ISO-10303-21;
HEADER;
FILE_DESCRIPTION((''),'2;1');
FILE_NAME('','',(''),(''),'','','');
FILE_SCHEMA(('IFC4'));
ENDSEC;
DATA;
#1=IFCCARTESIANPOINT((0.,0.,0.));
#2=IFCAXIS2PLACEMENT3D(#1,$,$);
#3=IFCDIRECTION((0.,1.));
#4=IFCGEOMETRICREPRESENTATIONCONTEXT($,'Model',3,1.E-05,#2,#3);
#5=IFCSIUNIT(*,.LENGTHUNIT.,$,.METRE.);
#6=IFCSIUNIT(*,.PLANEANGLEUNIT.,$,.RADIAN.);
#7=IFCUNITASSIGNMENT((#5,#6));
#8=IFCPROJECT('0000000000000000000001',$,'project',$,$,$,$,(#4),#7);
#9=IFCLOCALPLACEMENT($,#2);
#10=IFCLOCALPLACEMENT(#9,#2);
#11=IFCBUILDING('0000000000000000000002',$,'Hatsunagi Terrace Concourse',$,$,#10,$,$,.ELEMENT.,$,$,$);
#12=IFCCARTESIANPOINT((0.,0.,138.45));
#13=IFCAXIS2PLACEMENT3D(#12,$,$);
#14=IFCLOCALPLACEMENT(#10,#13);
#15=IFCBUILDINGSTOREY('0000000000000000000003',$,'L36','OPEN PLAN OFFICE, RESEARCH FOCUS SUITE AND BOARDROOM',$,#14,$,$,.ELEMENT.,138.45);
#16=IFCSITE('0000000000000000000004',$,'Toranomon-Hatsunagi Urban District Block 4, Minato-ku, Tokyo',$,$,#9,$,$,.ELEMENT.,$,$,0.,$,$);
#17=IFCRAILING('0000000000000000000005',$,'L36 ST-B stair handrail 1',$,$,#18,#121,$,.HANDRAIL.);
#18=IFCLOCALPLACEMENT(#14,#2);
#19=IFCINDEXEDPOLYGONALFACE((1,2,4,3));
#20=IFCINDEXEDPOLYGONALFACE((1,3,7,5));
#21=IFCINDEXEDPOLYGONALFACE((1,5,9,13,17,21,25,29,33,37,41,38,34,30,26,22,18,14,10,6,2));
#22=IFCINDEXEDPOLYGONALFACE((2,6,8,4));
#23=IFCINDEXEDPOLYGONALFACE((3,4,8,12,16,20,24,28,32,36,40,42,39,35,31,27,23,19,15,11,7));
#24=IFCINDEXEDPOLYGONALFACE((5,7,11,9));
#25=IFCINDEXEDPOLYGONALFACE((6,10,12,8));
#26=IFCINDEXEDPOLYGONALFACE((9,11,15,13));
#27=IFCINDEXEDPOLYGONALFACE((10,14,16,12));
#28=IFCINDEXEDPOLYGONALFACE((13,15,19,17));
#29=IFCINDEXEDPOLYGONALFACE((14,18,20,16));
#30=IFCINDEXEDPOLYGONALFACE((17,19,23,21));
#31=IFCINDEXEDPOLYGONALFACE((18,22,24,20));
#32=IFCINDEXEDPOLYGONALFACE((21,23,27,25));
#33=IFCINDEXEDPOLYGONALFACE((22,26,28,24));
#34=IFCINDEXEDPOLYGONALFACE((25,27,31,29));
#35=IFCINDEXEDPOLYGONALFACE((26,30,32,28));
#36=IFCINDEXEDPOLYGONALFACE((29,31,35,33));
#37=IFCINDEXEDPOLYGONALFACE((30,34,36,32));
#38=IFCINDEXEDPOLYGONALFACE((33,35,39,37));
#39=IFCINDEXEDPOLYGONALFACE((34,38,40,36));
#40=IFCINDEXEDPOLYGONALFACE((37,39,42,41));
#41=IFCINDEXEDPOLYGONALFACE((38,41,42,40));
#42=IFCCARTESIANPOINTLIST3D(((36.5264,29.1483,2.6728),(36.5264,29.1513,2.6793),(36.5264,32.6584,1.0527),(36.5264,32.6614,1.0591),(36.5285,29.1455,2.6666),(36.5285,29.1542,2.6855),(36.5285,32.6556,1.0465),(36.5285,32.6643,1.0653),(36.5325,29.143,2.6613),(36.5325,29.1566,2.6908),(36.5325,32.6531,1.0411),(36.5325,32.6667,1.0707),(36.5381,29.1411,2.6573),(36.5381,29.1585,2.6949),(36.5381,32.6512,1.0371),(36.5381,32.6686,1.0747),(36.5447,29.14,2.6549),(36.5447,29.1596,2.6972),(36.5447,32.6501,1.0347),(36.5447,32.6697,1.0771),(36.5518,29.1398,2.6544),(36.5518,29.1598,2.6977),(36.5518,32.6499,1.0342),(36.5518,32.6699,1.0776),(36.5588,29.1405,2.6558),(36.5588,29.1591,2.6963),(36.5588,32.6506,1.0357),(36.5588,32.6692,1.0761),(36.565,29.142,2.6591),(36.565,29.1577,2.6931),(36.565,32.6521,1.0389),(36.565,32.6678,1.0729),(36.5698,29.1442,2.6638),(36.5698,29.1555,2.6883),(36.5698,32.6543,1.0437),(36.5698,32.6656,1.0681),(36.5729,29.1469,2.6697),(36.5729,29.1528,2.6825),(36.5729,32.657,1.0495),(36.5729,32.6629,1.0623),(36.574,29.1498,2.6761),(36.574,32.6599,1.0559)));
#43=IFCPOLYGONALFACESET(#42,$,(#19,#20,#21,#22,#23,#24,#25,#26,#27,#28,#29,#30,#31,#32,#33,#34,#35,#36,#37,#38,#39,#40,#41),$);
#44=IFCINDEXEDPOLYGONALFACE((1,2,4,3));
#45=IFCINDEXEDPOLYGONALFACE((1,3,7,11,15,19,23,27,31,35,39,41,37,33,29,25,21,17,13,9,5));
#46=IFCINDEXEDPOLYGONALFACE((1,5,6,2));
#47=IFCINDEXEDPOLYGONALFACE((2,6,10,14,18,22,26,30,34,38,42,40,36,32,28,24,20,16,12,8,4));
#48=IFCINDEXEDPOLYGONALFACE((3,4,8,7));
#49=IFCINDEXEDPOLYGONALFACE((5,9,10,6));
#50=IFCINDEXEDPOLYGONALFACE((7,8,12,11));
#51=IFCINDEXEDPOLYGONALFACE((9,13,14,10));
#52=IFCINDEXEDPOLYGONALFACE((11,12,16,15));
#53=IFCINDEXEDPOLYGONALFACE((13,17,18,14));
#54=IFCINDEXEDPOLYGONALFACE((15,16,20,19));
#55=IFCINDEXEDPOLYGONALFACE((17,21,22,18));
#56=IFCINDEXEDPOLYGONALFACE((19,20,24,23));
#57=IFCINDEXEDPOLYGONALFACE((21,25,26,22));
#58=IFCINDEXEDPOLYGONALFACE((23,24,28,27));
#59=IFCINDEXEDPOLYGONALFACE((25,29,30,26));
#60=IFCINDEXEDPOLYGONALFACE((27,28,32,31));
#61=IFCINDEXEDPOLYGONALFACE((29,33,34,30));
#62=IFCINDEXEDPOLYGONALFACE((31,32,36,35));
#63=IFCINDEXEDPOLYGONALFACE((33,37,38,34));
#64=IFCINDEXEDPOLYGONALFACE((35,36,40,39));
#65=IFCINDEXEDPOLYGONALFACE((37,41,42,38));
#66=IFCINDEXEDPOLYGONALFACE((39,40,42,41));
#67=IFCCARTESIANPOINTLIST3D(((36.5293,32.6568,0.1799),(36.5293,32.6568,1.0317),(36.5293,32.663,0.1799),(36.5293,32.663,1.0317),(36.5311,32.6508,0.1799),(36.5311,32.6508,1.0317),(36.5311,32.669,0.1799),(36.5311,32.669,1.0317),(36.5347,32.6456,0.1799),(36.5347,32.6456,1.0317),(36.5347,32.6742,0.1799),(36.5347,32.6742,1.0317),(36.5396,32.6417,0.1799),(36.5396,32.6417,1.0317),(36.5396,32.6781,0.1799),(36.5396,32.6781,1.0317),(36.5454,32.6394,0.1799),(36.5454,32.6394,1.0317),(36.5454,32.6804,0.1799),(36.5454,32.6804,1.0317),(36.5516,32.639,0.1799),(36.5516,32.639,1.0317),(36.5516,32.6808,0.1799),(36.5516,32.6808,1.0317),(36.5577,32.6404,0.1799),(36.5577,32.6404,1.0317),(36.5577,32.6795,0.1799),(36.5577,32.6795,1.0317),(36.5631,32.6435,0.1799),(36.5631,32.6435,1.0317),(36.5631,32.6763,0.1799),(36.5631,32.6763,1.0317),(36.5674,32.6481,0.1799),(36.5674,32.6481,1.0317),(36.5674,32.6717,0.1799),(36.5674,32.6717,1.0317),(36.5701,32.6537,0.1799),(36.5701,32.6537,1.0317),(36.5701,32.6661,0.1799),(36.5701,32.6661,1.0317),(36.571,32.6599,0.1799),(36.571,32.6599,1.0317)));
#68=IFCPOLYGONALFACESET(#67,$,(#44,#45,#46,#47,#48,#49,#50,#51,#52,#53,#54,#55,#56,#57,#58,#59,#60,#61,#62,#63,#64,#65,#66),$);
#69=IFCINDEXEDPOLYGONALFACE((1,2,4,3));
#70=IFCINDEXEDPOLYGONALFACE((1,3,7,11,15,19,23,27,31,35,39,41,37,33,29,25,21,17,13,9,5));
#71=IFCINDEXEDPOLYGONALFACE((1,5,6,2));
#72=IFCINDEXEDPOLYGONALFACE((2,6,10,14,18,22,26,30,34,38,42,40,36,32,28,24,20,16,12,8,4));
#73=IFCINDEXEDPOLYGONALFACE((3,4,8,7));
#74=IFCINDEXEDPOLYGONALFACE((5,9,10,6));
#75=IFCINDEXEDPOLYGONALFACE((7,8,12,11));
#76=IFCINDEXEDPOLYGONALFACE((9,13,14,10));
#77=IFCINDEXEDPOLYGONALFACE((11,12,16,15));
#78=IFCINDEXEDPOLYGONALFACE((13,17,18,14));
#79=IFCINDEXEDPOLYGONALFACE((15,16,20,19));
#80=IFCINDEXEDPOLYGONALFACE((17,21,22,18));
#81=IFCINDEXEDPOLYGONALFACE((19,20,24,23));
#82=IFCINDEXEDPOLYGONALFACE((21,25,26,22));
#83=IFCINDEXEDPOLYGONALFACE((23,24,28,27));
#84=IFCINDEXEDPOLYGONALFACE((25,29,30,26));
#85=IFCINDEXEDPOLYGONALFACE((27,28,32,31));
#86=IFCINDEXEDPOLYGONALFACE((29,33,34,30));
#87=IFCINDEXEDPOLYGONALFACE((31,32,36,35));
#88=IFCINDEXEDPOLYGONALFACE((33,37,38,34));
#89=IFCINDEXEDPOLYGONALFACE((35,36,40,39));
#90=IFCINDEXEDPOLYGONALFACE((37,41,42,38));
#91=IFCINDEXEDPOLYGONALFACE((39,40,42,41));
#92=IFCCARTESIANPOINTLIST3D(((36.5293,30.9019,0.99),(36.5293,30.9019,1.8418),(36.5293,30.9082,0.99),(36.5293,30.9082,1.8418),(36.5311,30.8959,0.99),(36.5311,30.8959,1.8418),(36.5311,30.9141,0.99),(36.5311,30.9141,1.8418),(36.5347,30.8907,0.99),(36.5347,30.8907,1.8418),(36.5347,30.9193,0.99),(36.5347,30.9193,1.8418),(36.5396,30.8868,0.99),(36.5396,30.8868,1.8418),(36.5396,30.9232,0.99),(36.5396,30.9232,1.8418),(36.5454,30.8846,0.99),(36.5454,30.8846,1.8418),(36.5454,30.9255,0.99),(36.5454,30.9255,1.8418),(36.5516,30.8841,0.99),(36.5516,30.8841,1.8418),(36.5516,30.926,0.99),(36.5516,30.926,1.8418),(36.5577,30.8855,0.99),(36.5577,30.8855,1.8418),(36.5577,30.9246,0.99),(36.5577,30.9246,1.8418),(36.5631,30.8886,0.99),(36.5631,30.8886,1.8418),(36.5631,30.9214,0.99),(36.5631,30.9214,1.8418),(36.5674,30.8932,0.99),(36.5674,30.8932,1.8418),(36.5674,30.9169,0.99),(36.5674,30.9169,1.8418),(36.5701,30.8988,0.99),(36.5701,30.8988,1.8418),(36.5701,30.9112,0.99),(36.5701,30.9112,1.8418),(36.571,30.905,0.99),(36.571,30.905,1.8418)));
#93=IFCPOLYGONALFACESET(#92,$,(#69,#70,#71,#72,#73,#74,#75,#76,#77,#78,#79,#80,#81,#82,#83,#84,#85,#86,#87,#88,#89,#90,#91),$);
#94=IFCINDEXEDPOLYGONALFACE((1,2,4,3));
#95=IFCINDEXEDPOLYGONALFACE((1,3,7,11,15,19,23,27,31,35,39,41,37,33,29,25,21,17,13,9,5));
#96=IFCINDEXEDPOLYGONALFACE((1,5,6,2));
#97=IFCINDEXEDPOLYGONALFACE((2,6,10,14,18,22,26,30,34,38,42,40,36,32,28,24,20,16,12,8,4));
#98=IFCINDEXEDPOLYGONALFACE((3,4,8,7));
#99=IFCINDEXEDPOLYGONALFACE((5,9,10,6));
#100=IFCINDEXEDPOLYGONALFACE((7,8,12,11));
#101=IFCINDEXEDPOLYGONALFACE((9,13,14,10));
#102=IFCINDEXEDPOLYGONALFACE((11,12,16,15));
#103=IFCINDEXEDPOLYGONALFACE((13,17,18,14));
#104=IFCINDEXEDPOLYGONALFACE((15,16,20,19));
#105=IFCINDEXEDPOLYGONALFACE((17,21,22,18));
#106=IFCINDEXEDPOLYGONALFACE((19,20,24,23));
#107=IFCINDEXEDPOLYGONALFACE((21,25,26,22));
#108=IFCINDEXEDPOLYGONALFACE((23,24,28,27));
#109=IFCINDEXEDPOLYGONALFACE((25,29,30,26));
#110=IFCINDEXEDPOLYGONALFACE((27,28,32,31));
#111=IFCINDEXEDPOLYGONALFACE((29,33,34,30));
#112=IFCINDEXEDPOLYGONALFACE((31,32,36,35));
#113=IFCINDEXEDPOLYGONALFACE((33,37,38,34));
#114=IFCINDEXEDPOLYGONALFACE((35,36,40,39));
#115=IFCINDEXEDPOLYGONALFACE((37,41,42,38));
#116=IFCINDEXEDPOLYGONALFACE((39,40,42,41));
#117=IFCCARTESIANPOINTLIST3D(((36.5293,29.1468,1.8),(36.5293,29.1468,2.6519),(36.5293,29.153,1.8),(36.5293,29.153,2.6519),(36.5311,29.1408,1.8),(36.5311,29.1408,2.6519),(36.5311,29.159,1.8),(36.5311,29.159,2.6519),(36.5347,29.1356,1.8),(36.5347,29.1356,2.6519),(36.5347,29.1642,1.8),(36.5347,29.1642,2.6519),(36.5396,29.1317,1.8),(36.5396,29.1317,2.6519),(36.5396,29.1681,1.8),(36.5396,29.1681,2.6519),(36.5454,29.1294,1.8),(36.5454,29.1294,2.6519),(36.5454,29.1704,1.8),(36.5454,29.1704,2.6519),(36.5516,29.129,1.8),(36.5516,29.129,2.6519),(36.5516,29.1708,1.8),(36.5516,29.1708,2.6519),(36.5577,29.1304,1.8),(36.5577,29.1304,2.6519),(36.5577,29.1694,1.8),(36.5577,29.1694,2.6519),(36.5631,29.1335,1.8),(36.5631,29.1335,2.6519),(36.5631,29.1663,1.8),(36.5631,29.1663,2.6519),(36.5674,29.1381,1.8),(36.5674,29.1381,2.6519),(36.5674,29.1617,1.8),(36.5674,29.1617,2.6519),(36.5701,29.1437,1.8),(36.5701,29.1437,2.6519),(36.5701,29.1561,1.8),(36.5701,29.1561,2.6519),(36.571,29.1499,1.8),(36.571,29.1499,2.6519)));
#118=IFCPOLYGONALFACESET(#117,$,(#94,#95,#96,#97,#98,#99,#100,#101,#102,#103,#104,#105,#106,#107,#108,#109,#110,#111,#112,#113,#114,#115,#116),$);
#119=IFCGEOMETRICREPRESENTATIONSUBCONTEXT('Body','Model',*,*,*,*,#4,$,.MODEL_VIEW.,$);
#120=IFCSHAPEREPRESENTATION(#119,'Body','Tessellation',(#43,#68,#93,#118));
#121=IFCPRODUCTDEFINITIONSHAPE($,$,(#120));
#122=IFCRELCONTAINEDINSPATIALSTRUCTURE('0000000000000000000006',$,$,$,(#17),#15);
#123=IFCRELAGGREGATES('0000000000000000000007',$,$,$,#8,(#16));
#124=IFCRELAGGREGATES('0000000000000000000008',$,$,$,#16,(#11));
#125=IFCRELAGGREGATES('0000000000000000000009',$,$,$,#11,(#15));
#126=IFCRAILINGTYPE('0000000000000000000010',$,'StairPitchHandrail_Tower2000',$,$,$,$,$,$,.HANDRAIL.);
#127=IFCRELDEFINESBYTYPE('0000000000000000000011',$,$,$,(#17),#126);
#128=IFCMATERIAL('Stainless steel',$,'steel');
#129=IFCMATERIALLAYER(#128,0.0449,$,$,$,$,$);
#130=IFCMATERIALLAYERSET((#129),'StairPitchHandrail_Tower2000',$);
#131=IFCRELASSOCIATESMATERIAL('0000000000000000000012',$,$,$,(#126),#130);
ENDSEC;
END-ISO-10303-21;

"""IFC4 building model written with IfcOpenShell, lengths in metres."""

from ifc_helpers import new_model, si_unit, direction, frame, origin, origin_2d, place, context, subcontext, project, spatial, circle, extrude, material, layer, layer_set, type_object, element, save


model = new_model("IFC4")

# Units and contexts
model_context = context("Model", 3, precision=1e-05, world=origin(), true_north=direction((0.0, 1.0)))
body_context = subcontext(model_context, "Body", "Model", "MODEL_VIEW")
ifc_project = project(units=[si_unit("LENGTHUNIT", "METRE"), si_unit("PLANEANGLEUNIT", "RADIAN")], contexts=[model_context])

# Site, building, storey
site_placement = place(None, origin())
site = spatial("IfcSite", under=ifc_project, at=site_placement, Name="Toranomon-Hatsunagi Urban District Block 4, Minato-ku, Tokyo", CompositionType="ELEMENT", RefElevation=0.0)
building_placement = place(site_placement, origin())
building = spatial("IfcBuilding", under=site, at=building_placement, Name="Hatsunagi Terrace Concourse", CompositionType="ELEMENT")
storey_placement = place(building_placement, frame((0.0, 0.0, 138.45)))
storey = spatial("IfcBuildingStorey", under=building, at=storey_placement, Name="L36", Description="OPEN PLAN OFFICE, RESEARCH FOCUS SUITE AND BOARDROOM", CompositionType="ELEMENT", Elevation=138.45)

# Railing
ifc_material_1 = material(Name="Stainless steel", Category="steel")
ifc_layer_1 = layer(ifc_material_1, 0.0449)
ifc_layer_set_1 = layer_set([ifc_layer_1], Name="StairPitchHandrail_Tower2000")
railing_type_1 = type_object("IfcRailingType", Name="StairPitchHandrail_Tower2000", PredefinedType="HANDRAIL", material=ifc_layer_set_1)
railing_1_placement = place(storey_placement, frame((36.55, 32.6599, 0.1799)))
element("IfcRailing", 1, at=railing_1_placement, inside=storey, type_object=railing_type_1, Name="L36 ST-B stair handrail 1", PredefinedType="HANDRAIL", context=body_context, shape_type="SweptSolid", body=[
    extrude(circle(Radius=0.0239, at=origin_2d()), frame((0.0, 0.0, 0.876), z_axis=(0.0, -0.907948, 0.419082), x_axis=(1.0, 0.0, 0.0)), (0.0, 0.0, 1.0), 3.866),
    extrude(circle(Radius=0.021, at=origin_2d()), origin(), (0.0, 0.0, 1.0), 0.8518),
    extrude(circle(Radius=0.021, at=origin_2d()), frame((0.0, -1.7549, 0.8101)), (0.0, 0.0, 1.0), 0.8518),
    extrude(circle(Radius=0.021, at=origin_2d()), frame((0.0, -3.51, 1.6201)), (0.0, 0.0, 1.0), 0.8518),
])

save(model, "model.ifc")
